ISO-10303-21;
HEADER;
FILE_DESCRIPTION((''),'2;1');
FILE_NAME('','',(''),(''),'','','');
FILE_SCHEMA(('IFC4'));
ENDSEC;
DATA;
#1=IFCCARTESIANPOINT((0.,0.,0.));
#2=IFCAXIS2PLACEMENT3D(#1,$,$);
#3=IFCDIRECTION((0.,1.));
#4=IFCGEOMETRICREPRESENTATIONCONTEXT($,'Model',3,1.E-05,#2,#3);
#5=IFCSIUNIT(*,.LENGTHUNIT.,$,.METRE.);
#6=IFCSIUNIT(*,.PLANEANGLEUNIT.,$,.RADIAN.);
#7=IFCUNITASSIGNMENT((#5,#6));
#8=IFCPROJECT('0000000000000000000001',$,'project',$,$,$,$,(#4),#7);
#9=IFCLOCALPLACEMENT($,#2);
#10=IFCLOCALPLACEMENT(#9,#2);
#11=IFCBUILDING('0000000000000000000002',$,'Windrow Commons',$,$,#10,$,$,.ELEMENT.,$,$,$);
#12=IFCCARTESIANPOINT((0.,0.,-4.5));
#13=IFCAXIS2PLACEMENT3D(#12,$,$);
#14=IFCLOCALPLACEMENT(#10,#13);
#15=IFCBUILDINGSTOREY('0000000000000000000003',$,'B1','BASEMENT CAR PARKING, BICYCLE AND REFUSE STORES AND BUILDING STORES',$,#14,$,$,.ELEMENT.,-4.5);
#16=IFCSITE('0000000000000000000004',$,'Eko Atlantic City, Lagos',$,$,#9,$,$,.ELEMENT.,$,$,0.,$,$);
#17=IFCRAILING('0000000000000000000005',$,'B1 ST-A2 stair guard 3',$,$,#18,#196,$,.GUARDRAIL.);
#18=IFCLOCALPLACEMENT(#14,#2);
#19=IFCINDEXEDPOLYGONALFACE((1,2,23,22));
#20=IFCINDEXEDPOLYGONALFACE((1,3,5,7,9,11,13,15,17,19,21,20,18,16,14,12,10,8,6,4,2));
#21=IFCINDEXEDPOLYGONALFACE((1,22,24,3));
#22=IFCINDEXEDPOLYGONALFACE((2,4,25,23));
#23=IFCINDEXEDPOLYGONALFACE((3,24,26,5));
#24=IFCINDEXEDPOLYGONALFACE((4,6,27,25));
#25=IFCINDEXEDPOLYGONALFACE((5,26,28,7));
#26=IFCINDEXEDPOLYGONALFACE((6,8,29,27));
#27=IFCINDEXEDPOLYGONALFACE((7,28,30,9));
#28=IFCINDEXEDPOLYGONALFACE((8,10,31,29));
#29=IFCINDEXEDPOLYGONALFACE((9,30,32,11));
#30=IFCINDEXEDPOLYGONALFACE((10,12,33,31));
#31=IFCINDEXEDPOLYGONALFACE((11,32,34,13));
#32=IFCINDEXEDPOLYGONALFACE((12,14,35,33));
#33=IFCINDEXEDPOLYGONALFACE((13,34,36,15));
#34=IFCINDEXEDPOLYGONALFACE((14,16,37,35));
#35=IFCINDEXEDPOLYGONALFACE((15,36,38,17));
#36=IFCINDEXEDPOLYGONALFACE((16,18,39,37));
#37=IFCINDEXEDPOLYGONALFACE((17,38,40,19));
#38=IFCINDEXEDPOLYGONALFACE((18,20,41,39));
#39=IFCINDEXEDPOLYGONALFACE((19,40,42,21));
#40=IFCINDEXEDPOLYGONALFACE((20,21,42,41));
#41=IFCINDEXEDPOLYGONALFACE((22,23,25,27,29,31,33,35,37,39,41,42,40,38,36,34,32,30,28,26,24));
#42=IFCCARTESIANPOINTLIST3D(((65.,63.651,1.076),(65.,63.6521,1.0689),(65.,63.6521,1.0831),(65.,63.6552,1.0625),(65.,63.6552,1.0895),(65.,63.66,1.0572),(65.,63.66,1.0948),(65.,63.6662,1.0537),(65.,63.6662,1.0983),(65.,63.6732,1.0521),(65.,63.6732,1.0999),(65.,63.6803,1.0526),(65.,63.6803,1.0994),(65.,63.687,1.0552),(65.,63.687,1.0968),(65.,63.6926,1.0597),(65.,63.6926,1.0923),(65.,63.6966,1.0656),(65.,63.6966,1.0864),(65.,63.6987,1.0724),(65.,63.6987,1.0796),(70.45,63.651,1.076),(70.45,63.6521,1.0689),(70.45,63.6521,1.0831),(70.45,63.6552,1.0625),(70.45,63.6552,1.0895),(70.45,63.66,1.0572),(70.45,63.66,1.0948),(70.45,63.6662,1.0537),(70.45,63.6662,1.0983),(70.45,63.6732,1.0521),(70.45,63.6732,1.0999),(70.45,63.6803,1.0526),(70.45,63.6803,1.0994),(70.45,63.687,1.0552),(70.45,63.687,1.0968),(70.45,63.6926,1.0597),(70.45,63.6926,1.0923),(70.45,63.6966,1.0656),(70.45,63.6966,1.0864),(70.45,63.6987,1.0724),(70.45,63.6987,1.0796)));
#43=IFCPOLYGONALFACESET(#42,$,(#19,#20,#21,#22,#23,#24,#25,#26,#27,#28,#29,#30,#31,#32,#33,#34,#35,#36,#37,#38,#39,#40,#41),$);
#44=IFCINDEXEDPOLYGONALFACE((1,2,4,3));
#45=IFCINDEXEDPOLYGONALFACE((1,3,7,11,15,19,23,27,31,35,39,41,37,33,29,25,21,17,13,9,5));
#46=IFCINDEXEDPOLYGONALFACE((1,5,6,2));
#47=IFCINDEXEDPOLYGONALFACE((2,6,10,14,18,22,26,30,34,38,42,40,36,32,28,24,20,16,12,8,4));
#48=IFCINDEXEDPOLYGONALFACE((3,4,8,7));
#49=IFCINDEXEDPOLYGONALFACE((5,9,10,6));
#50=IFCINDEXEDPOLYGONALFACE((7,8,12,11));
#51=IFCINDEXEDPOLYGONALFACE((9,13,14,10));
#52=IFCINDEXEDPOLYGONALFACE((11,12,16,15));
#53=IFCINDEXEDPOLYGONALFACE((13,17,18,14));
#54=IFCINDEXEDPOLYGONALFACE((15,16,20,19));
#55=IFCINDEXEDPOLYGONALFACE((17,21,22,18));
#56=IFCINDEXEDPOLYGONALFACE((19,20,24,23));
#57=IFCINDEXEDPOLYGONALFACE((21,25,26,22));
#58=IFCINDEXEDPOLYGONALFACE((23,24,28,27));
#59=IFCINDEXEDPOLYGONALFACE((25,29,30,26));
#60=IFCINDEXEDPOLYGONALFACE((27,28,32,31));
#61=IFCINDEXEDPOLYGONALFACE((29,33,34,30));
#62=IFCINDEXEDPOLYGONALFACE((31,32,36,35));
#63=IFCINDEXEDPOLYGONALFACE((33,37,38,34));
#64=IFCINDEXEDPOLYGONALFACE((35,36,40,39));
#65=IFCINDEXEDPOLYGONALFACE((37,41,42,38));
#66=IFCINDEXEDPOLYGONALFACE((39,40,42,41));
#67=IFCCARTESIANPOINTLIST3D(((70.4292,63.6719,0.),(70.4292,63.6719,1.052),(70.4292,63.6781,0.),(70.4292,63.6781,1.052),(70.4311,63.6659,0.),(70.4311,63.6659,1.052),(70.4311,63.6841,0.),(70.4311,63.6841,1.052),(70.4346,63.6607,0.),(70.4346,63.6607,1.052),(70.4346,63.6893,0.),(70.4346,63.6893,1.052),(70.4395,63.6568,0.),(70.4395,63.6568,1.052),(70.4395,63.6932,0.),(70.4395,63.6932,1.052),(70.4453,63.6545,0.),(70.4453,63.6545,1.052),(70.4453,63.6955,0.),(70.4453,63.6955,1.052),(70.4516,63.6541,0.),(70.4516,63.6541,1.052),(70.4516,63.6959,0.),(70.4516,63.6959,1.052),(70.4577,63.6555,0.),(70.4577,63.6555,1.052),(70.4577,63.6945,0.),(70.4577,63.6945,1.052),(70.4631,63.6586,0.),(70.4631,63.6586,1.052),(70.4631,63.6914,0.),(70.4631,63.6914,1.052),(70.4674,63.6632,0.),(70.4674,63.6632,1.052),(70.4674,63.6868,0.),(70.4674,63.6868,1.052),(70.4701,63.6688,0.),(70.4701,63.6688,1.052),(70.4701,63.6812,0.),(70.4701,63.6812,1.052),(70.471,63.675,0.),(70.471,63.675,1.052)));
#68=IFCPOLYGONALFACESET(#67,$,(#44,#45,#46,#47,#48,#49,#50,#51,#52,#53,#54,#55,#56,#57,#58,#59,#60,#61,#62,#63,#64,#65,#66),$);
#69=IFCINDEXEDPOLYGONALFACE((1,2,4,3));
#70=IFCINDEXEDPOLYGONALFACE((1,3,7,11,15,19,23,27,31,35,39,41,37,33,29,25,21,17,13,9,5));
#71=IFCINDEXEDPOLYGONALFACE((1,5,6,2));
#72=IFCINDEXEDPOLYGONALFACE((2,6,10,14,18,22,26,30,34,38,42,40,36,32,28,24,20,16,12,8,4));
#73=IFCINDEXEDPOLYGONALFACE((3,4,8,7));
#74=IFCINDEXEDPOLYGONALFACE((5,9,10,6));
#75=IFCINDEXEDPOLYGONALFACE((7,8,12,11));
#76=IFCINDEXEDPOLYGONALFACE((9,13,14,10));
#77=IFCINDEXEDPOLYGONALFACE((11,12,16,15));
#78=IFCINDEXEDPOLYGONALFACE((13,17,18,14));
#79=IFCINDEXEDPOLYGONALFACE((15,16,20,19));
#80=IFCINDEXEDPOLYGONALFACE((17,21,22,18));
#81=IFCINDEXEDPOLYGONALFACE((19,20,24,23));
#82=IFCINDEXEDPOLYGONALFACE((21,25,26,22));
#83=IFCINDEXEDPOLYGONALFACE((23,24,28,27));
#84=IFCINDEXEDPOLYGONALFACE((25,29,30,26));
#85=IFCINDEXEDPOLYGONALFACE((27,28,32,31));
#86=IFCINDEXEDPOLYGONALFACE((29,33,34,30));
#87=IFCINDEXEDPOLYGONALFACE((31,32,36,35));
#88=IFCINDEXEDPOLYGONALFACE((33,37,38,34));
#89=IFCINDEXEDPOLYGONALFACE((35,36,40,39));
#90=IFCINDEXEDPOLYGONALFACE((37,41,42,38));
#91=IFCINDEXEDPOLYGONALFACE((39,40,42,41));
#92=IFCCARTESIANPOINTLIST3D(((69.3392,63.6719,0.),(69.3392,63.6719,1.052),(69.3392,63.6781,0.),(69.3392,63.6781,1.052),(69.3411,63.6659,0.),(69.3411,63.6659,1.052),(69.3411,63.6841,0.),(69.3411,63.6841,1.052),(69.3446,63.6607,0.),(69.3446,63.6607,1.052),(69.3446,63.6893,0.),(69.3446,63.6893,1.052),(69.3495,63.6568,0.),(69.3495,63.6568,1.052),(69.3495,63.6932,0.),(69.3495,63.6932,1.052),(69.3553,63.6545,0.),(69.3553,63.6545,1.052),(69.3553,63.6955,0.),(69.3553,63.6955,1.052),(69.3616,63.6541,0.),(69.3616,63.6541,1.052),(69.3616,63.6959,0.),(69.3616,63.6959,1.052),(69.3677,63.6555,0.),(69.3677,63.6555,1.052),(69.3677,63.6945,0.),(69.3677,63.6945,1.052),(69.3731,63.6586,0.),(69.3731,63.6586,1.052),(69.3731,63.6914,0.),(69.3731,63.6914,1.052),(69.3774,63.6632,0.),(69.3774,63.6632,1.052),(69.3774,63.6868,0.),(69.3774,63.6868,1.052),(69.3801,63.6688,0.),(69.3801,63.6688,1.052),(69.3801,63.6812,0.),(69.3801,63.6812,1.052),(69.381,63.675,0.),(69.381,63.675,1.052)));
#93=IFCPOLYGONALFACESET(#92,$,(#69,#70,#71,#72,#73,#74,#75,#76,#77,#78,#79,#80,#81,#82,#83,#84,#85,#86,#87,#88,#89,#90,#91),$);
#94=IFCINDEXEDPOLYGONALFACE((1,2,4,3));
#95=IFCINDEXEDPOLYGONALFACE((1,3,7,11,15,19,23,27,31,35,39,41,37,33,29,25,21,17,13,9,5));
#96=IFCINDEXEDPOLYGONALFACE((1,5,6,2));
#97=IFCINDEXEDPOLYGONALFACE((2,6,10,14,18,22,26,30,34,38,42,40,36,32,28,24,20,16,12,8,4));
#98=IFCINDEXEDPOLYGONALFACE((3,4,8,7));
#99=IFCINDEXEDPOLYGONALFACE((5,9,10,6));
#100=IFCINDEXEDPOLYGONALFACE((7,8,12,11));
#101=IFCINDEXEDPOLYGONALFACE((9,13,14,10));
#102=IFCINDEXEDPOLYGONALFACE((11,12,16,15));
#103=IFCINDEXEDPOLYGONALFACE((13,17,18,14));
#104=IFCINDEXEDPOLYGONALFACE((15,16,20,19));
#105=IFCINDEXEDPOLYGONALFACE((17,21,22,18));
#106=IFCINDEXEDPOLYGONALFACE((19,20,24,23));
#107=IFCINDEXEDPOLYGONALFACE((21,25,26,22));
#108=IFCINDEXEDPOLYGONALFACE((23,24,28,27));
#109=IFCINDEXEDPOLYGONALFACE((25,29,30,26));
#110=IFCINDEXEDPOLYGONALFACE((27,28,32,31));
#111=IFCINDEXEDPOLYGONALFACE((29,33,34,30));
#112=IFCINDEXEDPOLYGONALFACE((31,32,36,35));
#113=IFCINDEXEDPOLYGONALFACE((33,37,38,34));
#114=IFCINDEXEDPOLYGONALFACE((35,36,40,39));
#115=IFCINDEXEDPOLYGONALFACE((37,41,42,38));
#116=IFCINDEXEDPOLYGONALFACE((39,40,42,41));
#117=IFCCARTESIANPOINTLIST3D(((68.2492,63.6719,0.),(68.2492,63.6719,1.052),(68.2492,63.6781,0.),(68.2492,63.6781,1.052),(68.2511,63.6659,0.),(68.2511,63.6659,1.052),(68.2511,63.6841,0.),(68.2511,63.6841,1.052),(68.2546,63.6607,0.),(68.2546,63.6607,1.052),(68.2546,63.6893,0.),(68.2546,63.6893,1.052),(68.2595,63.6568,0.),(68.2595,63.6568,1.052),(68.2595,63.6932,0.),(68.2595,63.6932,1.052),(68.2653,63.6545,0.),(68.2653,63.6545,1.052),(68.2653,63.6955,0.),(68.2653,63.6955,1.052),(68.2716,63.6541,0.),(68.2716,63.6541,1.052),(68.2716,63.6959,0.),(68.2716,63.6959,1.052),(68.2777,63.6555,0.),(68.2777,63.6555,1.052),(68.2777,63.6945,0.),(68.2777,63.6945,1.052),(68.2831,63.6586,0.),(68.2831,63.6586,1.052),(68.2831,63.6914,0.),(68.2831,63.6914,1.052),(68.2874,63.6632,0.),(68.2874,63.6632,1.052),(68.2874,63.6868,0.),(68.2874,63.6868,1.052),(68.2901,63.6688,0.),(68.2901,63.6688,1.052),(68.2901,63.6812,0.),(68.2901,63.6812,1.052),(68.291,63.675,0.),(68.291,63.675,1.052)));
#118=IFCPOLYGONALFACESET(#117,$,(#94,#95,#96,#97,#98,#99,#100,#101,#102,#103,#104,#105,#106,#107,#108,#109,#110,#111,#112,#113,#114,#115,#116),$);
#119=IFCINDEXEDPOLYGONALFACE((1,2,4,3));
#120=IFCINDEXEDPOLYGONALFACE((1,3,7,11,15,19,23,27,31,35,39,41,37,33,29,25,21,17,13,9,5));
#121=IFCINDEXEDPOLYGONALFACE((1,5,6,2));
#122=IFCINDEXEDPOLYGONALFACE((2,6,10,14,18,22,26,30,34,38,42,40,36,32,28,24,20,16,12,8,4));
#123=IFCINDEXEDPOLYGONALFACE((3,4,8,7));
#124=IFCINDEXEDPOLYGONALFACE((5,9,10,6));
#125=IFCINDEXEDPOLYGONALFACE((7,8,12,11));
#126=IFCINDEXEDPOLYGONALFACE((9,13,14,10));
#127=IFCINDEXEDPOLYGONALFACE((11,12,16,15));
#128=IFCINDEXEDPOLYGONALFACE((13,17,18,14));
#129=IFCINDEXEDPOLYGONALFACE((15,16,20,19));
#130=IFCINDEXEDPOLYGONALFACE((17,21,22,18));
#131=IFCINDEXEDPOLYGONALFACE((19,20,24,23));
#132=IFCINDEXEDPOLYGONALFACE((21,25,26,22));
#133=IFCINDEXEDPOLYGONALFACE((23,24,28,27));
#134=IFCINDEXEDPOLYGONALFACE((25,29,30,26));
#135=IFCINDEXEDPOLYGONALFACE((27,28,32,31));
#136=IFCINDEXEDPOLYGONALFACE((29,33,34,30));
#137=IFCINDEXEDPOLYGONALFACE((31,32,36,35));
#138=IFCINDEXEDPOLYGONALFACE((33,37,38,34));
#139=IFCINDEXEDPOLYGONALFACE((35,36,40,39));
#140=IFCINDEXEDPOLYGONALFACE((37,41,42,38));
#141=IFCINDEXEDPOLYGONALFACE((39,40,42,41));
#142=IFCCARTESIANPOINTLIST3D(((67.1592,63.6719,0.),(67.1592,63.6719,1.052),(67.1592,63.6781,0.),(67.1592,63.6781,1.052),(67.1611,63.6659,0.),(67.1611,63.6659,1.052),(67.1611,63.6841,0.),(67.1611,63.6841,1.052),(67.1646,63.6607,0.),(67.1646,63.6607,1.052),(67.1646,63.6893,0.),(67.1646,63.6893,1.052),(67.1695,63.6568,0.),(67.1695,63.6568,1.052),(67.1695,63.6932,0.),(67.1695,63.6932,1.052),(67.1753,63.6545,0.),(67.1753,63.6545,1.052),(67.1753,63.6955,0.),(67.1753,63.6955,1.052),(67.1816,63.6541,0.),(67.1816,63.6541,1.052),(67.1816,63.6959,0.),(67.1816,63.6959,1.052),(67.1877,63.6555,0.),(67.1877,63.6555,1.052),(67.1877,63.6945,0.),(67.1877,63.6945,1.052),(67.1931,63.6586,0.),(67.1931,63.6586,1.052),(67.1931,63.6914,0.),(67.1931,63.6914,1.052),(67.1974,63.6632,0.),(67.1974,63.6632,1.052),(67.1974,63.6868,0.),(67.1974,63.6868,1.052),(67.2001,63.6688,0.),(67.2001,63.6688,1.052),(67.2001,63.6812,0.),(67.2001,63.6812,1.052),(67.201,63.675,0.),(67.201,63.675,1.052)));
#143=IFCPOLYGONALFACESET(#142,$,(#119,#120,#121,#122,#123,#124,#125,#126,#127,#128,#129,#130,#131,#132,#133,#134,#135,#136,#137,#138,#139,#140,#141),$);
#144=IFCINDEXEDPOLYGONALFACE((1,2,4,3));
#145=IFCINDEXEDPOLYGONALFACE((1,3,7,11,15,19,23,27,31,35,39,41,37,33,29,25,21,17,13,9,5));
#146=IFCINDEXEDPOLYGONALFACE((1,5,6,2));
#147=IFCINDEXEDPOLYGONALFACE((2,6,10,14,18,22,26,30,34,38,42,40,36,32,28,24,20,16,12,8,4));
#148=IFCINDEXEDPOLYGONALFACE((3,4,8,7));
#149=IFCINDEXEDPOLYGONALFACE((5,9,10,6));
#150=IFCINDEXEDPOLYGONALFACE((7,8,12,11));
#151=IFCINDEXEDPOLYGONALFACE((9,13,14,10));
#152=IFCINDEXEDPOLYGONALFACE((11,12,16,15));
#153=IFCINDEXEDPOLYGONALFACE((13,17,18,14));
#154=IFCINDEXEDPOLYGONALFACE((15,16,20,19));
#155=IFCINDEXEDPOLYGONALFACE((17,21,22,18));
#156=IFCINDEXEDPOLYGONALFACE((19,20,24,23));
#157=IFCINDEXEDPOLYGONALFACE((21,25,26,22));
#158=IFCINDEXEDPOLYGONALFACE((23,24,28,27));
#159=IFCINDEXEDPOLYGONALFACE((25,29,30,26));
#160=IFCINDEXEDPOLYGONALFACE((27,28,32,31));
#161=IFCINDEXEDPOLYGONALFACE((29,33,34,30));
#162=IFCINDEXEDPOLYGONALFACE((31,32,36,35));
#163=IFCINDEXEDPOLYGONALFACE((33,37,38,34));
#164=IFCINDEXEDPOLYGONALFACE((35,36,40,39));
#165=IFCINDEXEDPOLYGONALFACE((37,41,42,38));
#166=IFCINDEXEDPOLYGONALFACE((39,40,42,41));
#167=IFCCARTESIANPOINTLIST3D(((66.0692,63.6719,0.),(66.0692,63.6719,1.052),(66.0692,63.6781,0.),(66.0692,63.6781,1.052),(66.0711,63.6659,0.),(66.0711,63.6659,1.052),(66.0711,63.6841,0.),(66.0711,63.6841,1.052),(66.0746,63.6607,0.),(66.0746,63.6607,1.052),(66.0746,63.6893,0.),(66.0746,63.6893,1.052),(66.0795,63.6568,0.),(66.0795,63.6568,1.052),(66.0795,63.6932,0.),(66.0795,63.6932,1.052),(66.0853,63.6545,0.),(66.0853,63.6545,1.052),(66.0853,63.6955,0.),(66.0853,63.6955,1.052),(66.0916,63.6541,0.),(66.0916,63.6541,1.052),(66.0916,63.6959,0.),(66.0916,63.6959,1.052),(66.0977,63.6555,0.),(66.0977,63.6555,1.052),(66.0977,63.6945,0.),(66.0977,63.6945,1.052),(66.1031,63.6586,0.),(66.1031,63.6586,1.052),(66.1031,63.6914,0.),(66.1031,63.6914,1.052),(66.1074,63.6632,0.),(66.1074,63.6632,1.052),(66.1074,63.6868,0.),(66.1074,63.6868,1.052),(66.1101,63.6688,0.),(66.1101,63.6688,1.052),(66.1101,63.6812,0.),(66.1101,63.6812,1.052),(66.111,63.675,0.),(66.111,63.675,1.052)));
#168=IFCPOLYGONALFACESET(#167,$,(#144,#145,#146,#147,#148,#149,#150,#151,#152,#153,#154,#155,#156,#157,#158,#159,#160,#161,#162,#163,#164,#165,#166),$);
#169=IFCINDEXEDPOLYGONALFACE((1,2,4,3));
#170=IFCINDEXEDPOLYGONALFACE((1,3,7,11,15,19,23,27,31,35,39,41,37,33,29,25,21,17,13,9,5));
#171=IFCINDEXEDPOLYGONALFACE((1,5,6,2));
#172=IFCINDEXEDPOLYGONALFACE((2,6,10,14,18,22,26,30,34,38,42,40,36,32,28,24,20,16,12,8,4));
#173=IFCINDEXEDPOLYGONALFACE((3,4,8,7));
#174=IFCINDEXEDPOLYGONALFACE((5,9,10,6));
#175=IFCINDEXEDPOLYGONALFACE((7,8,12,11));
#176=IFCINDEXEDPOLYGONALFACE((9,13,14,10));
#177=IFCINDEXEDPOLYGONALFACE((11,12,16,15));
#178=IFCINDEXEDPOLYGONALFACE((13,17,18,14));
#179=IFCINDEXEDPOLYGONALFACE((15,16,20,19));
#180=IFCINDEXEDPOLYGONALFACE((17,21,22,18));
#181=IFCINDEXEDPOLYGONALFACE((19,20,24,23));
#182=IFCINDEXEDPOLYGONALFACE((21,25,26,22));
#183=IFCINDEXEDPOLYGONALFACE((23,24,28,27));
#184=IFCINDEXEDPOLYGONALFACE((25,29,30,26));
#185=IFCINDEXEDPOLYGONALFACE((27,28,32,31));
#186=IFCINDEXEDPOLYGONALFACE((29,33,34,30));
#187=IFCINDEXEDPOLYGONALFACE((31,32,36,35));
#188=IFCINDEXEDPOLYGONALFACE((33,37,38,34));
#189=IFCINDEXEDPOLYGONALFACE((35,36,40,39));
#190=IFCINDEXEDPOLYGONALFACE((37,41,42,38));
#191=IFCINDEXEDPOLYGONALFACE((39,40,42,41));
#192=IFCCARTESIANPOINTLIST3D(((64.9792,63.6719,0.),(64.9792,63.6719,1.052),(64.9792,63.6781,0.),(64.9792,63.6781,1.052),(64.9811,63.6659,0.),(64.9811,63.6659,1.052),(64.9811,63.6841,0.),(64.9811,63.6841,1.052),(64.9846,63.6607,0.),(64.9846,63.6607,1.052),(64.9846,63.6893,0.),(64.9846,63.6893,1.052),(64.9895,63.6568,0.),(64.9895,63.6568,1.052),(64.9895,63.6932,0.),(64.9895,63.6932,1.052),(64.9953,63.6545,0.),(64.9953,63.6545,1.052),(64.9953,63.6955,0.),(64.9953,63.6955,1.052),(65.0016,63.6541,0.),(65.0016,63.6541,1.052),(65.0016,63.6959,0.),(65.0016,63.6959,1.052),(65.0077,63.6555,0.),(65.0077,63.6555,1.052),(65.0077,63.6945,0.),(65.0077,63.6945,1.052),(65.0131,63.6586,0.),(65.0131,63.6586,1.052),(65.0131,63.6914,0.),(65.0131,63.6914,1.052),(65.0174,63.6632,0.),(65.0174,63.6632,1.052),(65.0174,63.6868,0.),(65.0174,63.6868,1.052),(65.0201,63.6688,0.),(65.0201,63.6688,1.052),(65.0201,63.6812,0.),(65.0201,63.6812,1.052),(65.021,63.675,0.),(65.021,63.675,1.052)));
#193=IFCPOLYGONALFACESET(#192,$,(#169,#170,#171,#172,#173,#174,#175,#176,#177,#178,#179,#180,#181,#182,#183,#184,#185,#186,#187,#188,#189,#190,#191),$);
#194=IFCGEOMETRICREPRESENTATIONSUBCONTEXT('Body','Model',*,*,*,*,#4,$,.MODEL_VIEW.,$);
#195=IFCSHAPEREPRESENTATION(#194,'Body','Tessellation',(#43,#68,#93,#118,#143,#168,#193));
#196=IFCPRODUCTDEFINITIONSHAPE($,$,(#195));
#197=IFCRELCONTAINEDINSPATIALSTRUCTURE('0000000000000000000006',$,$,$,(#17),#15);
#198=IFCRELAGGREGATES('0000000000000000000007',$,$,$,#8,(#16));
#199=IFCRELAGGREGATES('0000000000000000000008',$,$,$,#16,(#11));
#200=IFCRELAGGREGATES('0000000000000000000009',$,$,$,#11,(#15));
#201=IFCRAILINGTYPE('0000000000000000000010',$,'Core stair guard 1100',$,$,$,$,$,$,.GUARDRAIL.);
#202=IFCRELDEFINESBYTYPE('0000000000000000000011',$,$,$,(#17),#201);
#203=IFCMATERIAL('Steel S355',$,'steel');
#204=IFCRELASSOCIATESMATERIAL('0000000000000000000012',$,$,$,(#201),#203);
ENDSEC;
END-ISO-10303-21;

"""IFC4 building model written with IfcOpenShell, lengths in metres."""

from ifc_helpers import new_model, si_unit, direction, frame, origin, origin_2d, place, context, subcontext, project, spatial, circle, extrude, material, type_object, element, save


model = new_model("IFC4")

# Units and contexts
model_context = context("Model", 3, precision=1e-05, world=origin(), true_north=direction((0.0, 1.0)))
body_context = subcontext(model_context, "Body", "Model", "MODEL_VIEW")
ifc_project = project(units=[si_unit("LENGTHUNIT", "METRE"), si_unit("PLANEANGLEUNIT", "RADIAN")], contexts=[model_context])

# Site, building, storey
site_placement = place(None, origin())
site = spatial("IfcSite", under=ifc_project, at=site_placement, Name="Eko Atlantic City, Lagos", CompositionType="ELEMENT", RefElevation=0.0)
building_placement = place(site_placement, origin())
building = spatial("IfcBuilding", under=site, at=building_placement, Name="Windrow Commons", CompositionType="ELEMENT")
storey_placement = place(building_placement, frame((0.0, 0.0, -4.5)))
storey = spatial("IfcBuildingStorey", under=building, at=storey_placement, Name="B1", Description="BASEMENT CAR PARKING, BICYCLE AND REFUSE STORES AND BUILDING STORES", CompositionType="ELEMENT", Elevation=-4.5)

# Railing
ifc_material_1 = material(Name="Steel S355", Category="steel")
railing_type_1 = type_object("IfcRailingType", Name="Core stair guard 1100", PredefinedType="GUARDRAIL", material=ifc_material_1)
railing_1_placement = place(storey_placement, frame((70.45, 63.675, 0.0)))
element("IfcRailing", 1, at=railing_1_placement, inside=storey, type_object=railing_type_1, Name="B1 ST-A2 stair guard 3", PredefinedType="GUARDRAIL", context=body_context, shape_type="SweptSolid", body=[
    extrude(circle(Radius=0.024, at=origin_2d()), frame((0.0, 0.0, 1.076), z_axis=(-1.0, 0.0, 0.0), x_axis=(0.0, -1.0, 0.0)), (0.0, 0.0, 1.0), 5.45),
    extrude(circle(Radius=0.021, at=origin_2d()), origin(), (0.0, 0.0, 1.0), 1.052),
    extrude(circle(Radius=0.021, at=origin_2d()), frame((-1.09, 0.0, 0.0)), (0.0, 0.0, 1.0), 1.052),
    extrude(circle(Radius=0.021, at=origin_2d()), frame((-2.18, 0.0, 0.0)), (0.0, 0.0, 1.0), 1.052),
    extrude(circle(Radius=0.021, at=origin_2d()), frame((-3.27, 0.0, 0.0)), (0.0, 0.0, 1.0), 1.052),
    extrude(circle(Radius=0.021, at=origin_2d()), frame((-4.36, 0.0, 0.0)), (0.0, 0.0, 1.0), 1.052),
    extrude(circle(Radius=0.021, at=origin_2d()), frame((-5.45, 0.0, 0.0)), (0.0, 0.0, 1.0), 1.052),
])

save(model, "model.ifc")
